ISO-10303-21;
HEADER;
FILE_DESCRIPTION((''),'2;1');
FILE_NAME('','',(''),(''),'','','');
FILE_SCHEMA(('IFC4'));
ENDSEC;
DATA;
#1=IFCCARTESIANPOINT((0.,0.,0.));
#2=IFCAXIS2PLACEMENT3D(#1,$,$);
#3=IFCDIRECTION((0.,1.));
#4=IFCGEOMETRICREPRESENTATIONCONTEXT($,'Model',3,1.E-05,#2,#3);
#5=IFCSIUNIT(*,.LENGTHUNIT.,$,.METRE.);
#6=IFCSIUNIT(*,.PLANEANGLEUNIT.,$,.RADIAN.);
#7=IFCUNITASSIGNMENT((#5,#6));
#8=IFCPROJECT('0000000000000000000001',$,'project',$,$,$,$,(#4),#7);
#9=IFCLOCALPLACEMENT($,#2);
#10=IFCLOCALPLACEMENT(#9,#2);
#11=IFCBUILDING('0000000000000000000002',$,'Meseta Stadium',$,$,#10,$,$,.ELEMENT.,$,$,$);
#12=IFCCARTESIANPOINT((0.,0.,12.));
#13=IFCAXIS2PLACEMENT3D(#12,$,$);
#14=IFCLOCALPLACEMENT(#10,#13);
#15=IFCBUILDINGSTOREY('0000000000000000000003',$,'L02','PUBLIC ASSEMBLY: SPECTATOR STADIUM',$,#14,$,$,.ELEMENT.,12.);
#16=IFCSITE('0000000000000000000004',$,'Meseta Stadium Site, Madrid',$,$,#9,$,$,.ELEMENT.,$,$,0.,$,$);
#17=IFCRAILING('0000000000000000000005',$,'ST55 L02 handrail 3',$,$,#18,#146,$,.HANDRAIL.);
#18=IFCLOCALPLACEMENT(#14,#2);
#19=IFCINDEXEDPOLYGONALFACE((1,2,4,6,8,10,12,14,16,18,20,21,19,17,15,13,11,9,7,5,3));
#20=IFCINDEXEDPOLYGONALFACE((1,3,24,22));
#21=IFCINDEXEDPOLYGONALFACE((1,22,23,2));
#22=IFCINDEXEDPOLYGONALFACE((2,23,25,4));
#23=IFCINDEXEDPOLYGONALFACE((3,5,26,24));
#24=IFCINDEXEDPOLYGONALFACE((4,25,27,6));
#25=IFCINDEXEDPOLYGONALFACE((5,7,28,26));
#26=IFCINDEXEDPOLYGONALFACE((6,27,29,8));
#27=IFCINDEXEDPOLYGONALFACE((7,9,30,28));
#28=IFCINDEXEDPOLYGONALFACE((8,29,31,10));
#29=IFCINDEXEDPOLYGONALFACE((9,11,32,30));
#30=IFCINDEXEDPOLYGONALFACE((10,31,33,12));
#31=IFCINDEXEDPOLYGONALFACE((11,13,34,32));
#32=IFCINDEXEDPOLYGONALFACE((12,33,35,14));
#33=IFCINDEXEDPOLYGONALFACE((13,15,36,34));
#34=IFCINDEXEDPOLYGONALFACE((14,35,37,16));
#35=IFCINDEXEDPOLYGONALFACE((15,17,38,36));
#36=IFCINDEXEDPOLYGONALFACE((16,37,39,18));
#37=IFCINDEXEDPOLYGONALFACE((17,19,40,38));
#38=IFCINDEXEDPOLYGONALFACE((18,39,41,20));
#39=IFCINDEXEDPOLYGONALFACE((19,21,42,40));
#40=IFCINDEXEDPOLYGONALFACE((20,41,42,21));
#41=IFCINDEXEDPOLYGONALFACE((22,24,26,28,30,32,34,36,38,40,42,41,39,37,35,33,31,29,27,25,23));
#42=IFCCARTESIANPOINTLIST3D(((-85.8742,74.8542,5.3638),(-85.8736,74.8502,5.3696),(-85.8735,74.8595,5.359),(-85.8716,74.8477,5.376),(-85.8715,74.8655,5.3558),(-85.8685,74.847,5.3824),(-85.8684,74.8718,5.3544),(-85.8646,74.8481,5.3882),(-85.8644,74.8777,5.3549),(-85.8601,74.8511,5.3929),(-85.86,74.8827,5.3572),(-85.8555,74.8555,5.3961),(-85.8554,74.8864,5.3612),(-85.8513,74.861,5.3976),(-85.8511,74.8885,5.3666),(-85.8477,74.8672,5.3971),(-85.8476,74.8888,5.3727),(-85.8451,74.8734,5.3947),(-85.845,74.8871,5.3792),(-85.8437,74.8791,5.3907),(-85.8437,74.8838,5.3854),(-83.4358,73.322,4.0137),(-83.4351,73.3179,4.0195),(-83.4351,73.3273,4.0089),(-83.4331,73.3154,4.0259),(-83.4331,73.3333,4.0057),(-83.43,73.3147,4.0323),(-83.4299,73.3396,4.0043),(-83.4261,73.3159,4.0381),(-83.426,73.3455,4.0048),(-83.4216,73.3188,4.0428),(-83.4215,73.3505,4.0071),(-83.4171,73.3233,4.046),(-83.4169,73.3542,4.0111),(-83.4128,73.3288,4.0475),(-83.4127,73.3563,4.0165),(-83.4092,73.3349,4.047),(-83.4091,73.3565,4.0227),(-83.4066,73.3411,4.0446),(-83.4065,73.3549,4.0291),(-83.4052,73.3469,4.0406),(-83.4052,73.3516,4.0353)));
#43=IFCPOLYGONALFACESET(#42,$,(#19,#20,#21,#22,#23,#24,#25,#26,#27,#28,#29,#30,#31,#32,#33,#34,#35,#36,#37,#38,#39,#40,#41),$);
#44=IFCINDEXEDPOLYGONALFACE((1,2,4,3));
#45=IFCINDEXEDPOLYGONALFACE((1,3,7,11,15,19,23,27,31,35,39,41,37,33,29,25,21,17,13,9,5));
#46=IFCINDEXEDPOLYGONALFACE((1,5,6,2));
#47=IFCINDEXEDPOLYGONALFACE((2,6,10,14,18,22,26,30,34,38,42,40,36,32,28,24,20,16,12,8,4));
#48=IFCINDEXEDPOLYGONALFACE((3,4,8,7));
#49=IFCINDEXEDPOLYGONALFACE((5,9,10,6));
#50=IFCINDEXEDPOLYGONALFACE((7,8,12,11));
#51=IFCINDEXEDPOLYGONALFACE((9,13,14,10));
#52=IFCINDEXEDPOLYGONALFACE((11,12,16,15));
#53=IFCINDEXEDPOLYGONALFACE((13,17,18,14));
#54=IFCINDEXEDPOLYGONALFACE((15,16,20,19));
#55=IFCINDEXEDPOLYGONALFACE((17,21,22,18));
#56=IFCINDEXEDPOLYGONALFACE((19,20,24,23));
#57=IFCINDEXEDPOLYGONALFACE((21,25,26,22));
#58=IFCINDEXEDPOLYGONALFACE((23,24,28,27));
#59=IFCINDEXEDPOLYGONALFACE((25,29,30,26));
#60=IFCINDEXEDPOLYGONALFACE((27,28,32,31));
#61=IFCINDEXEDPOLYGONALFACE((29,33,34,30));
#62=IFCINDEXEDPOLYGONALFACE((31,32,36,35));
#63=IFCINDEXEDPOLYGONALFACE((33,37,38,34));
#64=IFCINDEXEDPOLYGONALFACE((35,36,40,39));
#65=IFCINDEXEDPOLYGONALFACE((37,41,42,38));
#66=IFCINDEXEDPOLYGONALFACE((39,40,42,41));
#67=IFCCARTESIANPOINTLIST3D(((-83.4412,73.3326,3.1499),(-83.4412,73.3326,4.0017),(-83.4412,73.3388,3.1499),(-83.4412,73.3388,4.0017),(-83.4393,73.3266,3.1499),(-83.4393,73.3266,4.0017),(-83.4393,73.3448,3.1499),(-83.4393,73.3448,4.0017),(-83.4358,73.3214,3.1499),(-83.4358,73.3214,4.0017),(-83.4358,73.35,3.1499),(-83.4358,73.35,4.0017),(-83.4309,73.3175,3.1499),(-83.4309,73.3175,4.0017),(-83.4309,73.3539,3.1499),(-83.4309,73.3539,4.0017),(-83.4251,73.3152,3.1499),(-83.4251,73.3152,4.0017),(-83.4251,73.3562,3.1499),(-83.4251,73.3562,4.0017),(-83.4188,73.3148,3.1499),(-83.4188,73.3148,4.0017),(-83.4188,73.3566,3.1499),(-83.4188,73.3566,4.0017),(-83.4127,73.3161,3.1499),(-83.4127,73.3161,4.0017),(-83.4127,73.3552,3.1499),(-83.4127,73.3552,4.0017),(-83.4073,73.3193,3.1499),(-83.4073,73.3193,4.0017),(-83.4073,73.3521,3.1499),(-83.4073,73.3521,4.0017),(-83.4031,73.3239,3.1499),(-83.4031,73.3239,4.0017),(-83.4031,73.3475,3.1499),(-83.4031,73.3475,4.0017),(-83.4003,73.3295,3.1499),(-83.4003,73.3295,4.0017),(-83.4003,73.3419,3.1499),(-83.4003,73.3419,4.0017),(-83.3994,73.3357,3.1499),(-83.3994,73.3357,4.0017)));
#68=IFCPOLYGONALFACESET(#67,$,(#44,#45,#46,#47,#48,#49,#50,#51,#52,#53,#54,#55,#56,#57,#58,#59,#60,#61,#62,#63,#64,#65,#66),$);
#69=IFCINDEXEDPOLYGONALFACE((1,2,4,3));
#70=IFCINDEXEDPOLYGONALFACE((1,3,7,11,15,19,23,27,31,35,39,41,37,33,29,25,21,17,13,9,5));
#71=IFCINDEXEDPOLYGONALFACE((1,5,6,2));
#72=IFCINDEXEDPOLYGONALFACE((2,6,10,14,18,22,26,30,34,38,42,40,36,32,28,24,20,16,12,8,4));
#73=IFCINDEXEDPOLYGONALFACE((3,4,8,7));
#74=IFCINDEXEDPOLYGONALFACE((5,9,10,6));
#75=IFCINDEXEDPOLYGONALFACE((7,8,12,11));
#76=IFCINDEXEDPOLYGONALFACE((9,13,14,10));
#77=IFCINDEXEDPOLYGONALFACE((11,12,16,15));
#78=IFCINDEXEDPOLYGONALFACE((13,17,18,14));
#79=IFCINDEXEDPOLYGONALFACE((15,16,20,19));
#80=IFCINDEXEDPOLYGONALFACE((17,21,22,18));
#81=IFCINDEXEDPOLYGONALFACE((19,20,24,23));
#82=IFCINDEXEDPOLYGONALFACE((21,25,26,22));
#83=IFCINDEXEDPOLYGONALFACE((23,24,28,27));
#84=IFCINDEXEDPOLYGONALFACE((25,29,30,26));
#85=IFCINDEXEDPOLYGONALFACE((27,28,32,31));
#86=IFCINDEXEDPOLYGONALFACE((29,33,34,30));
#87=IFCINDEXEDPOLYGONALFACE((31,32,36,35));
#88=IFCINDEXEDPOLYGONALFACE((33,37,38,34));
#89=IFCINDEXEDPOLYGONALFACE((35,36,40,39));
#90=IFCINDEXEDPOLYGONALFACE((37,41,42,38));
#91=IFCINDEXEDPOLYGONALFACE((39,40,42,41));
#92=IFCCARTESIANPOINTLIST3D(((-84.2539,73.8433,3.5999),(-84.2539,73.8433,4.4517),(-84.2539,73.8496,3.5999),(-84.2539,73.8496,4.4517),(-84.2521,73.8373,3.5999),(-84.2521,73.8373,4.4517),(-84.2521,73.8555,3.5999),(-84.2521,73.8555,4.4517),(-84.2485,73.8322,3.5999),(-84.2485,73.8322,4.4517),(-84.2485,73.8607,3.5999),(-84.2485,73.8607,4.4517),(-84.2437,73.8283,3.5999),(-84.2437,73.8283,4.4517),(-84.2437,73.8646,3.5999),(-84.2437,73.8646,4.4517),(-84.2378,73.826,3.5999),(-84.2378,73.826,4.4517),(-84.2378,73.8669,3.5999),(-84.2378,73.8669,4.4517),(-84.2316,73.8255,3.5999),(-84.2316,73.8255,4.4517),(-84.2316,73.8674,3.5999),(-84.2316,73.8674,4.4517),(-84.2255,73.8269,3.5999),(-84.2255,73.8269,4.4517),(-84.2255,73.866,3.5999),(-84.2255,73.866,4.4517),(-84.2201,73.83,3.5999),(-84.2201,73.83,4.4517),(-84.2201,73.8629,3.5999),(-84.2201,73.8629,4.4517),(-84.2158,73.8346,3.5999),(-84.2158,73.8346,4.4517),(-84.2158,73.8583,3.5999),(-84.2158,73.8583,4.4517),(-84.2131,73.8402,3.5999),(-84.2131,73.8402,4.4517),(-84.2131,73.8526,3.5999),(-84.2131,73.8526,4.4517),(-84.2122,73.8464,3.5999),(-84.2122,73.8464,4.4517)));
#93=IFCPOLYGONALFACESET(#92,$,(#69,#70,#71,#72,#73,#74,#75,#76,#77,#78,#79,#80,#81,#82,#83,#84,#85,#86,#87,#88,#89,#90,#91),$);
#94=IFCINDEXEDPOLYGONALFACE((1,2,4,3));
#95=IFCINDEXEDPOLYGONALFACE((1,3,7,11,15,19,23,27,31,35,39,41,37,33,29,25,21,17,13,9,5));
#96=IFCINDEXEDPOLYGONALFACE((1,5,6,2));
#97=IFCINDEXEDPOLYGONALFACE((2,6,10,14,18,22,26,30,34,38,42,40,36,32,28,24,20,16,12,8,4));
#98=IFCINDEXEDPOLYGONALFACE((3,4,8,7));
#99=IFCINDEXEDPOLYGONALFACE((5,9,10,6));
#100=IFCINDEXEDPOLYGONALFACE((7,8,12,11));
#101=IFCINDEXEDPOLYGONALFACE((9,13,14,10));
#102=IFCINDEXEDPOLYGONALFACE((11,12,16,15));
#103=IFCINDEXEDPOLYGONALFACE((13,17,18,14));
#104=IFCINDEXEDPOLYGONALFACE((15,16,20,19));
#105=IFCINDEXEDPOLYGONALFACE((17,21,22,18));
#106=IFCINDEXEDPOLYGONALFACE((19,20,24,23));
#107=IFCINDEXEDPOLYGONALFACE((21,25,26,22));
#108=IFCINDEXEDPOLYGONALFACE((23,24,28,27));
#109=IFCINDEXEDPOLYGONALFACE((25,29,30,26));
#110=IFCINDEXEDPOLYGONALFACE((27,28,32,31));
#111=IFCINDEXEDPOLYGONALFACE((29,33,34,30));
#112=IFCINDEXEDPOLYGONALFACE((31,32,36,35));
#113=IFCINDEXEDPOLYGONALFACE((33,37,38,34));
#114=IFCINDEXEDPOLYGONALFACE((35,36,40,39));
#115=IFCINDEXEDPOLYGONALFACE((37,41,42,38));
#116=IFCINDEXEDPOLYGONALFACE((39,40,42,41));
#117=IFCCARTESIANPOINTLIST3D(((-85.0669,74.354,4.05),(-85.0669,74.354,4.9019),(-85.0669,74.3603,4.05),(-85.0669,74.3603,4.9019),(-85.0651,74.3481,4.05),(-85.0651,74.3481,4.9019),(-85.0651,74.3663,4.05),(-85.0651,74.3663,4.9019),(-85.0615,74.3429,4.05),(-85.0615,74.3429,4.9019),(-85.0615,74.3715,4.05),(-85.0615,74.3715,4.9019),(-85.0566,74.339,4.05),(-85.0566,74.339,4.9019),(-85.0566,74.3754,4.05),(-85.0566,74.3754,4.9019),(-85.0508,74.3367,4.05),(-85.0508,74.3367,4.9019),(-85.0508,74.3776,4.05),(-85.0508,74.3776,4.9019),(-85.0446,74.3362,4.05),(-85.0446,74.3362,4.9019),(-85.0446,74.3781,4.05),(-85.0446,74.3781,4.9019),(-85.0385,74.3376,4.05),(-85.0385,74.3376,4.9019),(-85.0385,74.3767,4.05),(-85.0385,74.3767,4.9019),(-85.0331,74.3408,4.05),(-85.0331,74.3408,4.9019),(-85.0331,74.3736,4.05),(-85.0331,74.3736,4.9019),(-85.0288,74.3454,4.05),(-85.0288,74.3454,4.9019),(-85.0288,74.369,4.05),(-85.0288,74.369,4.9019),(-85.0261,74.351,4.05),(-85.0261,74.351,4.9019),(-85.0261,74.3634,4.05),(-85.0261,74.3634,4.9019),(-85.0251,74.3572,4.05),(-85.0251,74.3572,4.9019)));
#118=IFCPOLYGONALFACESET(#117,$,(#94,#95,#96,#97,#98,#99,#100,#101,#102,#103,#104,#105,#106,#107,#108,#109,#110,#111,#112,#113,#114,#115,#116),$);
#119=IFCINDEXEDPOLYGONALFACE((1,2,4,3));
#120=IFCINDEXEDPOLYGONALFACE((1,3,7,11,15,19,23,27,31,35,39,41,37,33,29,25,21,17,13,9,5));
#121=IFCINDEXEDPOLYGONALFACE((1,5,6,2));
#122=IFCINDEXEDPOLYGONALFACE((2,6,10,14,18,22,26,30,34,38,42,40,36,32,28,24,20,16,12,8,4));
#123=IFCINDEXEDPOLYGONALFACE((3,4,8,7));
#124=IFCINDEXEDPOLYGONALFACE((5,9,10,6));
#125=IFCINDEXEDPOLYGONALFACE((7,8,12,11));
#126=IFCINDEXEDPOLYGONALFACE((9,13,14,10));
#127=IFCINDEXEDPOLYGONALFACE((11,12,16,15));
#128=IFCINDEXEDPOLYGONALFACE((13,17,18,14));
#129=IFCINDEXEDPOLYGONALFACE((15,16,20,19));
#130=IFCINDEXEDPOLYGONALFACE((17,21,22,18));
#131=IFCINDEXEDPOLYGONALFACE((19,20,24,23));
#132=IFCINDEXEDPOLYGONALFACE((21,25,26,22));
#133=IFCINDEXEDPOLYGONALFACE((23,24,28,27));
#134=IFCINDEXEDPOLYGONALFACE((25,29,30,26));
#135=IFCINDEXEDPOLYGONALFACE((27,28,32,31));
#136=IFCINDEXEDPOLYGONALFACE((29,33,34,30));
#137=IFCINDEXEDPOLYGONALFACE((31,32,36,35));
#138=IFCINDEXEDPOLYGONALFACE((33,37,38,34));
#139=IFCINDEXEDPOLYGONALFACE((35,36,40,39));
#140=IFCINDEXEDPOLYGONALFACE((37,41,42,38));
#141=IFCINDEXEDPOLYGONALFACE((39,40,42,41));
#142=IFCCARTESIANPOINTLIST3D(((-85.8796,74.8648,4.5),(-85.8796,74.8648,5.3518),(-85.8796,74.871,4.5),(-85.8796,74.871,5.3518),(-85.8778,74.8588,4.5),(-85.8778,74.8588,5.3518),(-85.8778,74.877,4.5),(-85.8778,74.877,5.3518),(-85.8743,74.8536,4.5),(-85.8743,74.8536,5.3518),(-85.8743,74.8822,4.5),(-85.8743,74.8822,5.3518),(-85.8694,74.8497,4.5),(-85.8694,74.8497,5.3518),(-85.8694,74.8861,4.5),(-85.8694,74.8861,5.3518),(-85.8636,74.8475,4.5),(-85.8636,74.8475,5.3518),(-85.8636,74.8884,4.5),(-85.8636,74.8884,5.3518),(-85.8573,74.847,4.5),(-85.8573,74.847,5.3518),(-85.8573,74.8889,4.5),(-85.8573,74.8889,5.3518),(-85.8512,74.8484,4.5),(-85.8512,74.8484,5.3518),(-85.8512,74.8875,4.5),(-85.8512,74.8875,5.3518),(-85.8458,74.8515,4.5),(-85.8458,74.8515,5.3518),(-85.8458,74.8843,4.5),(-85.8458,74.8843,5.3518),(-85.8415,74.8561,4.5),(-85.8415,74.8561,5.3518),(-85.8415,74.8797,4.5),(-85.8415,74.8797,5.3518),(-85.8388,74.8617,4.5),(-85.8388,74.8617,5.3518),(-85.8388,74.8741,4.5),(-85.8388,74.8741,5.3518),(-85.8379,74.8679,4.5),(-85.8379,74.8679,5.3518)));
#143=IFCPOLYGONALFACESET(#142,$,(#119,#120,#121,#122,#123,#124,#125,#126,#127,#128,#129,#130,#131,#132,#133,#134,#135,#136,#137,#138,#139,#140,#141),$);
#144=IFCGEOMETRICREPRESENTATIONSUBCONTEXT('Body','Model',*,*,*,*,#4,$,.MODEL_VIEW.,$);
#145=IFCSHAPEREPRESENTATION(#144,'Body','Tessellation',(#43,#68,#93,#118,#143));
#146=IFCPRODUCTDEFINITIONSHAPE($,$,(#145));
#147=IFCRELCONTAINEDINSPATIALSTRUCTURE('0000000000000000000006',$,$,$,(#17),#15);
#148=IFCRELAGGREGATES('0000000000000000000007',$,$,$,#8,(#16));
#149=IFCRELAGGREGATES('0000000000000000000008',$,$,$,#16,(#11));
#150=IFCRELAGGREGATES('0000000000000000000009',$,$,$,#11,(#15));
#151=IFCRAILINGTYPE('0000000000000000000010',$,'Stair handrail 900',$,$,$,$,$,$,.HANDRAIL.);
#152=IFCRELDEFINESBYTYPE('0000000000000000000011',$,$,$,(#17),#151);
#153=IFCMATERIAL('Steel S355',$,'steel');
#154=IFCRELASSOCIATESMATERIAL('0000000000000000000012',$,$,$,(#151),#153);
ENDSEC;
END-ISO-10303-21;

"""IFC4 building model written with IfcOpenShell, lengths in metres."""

from ifc_helpers import new_model, si_unit, direction, frame, origin, origin_2d, place, context, subcontext, project, spatial, circle, extrude, material, type_object, element, save


model = new_model("IFC4")

# Units and contexts
model_context = context("Model", 3, precision=1e-05, world=origin(), true_north=direction((0.0, 1.0)))
body_context = subcontext(model_context, "Body", "Model", "MODEL_VIEW")
ifc_project = project(units=[si_unit("LENGTHUNIT", "METRE"), si_unit("PLANEANGLEUNIT", "RADIAN")], contexts=[model_context])

# Site, building, storey
site_placement = place(None, origin())
site = spatial("IfcSite", under=ifc_project, at=site_placement, Name="Meseta Stadium Site, Madrid", CompositionType="ELEMENT", RefElevation=0.0)
building_placement = place(site_placement, origin())
building = spatial("IfcBuilding", under=site, at=building_placement, Name="Meseta Stadium", CompositionType="ELEMENT")
storey_placement = place(building_placement, frame((0.0, 0.0, 12.0)))
storey = spatial("IfcBuildingStorey", under=building, at=storey_placement, Name="L02", Description="PUBLIC ASSEMBLY: SPECTATOR STADIUM", CompositionType="ELEMENT", Elevation=12.0)

# Railing
ifc_material_1 = material(Name="Steel S355", Category="steel")
railing_type_1 = type_object("IfcRailingType", Name="Stair handrail 900", PredefinedType="HANDRAIL", material=ifc_material_1)
for number, where, name in (
    (1, (-83.4204, 73.3357, 3.1499), "ST55 L02 handrail 3"),
):
    element("IfcRailing", number, at=place(storey_placement, frame(where)), inside=storey, type_object=railing_type_1, Name=name, PredefinedType="HANDRAIL", context=body_context, shape_type="SweptSolid", body=[
        extrude(circle(Radius=0.0239, at=origin_2d()), frame((0.0, 0.0, 0.876), z_axis=(-0.766655, 0.481731, 0.42447), x_axis=(-0.53204, -0.846719, 0.0)), (0.0, 0.0, 1.0), 3.1807),
        extrude(circle(Radius=0.021, at=origin_2d()), origin(), (0.0, 0.0, 1.0), 0.8518),
        extrude(circle(Radius=0.021, at=origin_2d()), frame((-0.8127, 0.5107, 0.45)), (0.0, 0.0, 1.0), 0.8518),
        extrude(circle(Radius=0.021, at=origin_2d()), frame((-1.6257, 1.0215, 0.9001)), (0.0, 0.0, 1.0), 0.8518),
        extrude(circle(Radius=0.021, at=origin_2d()), frame((-2.4385, 1.5322, 1.3501)), (0.0, 0.0, 1.0), 0.8518),
    ])

save(model, "model.ifc")
